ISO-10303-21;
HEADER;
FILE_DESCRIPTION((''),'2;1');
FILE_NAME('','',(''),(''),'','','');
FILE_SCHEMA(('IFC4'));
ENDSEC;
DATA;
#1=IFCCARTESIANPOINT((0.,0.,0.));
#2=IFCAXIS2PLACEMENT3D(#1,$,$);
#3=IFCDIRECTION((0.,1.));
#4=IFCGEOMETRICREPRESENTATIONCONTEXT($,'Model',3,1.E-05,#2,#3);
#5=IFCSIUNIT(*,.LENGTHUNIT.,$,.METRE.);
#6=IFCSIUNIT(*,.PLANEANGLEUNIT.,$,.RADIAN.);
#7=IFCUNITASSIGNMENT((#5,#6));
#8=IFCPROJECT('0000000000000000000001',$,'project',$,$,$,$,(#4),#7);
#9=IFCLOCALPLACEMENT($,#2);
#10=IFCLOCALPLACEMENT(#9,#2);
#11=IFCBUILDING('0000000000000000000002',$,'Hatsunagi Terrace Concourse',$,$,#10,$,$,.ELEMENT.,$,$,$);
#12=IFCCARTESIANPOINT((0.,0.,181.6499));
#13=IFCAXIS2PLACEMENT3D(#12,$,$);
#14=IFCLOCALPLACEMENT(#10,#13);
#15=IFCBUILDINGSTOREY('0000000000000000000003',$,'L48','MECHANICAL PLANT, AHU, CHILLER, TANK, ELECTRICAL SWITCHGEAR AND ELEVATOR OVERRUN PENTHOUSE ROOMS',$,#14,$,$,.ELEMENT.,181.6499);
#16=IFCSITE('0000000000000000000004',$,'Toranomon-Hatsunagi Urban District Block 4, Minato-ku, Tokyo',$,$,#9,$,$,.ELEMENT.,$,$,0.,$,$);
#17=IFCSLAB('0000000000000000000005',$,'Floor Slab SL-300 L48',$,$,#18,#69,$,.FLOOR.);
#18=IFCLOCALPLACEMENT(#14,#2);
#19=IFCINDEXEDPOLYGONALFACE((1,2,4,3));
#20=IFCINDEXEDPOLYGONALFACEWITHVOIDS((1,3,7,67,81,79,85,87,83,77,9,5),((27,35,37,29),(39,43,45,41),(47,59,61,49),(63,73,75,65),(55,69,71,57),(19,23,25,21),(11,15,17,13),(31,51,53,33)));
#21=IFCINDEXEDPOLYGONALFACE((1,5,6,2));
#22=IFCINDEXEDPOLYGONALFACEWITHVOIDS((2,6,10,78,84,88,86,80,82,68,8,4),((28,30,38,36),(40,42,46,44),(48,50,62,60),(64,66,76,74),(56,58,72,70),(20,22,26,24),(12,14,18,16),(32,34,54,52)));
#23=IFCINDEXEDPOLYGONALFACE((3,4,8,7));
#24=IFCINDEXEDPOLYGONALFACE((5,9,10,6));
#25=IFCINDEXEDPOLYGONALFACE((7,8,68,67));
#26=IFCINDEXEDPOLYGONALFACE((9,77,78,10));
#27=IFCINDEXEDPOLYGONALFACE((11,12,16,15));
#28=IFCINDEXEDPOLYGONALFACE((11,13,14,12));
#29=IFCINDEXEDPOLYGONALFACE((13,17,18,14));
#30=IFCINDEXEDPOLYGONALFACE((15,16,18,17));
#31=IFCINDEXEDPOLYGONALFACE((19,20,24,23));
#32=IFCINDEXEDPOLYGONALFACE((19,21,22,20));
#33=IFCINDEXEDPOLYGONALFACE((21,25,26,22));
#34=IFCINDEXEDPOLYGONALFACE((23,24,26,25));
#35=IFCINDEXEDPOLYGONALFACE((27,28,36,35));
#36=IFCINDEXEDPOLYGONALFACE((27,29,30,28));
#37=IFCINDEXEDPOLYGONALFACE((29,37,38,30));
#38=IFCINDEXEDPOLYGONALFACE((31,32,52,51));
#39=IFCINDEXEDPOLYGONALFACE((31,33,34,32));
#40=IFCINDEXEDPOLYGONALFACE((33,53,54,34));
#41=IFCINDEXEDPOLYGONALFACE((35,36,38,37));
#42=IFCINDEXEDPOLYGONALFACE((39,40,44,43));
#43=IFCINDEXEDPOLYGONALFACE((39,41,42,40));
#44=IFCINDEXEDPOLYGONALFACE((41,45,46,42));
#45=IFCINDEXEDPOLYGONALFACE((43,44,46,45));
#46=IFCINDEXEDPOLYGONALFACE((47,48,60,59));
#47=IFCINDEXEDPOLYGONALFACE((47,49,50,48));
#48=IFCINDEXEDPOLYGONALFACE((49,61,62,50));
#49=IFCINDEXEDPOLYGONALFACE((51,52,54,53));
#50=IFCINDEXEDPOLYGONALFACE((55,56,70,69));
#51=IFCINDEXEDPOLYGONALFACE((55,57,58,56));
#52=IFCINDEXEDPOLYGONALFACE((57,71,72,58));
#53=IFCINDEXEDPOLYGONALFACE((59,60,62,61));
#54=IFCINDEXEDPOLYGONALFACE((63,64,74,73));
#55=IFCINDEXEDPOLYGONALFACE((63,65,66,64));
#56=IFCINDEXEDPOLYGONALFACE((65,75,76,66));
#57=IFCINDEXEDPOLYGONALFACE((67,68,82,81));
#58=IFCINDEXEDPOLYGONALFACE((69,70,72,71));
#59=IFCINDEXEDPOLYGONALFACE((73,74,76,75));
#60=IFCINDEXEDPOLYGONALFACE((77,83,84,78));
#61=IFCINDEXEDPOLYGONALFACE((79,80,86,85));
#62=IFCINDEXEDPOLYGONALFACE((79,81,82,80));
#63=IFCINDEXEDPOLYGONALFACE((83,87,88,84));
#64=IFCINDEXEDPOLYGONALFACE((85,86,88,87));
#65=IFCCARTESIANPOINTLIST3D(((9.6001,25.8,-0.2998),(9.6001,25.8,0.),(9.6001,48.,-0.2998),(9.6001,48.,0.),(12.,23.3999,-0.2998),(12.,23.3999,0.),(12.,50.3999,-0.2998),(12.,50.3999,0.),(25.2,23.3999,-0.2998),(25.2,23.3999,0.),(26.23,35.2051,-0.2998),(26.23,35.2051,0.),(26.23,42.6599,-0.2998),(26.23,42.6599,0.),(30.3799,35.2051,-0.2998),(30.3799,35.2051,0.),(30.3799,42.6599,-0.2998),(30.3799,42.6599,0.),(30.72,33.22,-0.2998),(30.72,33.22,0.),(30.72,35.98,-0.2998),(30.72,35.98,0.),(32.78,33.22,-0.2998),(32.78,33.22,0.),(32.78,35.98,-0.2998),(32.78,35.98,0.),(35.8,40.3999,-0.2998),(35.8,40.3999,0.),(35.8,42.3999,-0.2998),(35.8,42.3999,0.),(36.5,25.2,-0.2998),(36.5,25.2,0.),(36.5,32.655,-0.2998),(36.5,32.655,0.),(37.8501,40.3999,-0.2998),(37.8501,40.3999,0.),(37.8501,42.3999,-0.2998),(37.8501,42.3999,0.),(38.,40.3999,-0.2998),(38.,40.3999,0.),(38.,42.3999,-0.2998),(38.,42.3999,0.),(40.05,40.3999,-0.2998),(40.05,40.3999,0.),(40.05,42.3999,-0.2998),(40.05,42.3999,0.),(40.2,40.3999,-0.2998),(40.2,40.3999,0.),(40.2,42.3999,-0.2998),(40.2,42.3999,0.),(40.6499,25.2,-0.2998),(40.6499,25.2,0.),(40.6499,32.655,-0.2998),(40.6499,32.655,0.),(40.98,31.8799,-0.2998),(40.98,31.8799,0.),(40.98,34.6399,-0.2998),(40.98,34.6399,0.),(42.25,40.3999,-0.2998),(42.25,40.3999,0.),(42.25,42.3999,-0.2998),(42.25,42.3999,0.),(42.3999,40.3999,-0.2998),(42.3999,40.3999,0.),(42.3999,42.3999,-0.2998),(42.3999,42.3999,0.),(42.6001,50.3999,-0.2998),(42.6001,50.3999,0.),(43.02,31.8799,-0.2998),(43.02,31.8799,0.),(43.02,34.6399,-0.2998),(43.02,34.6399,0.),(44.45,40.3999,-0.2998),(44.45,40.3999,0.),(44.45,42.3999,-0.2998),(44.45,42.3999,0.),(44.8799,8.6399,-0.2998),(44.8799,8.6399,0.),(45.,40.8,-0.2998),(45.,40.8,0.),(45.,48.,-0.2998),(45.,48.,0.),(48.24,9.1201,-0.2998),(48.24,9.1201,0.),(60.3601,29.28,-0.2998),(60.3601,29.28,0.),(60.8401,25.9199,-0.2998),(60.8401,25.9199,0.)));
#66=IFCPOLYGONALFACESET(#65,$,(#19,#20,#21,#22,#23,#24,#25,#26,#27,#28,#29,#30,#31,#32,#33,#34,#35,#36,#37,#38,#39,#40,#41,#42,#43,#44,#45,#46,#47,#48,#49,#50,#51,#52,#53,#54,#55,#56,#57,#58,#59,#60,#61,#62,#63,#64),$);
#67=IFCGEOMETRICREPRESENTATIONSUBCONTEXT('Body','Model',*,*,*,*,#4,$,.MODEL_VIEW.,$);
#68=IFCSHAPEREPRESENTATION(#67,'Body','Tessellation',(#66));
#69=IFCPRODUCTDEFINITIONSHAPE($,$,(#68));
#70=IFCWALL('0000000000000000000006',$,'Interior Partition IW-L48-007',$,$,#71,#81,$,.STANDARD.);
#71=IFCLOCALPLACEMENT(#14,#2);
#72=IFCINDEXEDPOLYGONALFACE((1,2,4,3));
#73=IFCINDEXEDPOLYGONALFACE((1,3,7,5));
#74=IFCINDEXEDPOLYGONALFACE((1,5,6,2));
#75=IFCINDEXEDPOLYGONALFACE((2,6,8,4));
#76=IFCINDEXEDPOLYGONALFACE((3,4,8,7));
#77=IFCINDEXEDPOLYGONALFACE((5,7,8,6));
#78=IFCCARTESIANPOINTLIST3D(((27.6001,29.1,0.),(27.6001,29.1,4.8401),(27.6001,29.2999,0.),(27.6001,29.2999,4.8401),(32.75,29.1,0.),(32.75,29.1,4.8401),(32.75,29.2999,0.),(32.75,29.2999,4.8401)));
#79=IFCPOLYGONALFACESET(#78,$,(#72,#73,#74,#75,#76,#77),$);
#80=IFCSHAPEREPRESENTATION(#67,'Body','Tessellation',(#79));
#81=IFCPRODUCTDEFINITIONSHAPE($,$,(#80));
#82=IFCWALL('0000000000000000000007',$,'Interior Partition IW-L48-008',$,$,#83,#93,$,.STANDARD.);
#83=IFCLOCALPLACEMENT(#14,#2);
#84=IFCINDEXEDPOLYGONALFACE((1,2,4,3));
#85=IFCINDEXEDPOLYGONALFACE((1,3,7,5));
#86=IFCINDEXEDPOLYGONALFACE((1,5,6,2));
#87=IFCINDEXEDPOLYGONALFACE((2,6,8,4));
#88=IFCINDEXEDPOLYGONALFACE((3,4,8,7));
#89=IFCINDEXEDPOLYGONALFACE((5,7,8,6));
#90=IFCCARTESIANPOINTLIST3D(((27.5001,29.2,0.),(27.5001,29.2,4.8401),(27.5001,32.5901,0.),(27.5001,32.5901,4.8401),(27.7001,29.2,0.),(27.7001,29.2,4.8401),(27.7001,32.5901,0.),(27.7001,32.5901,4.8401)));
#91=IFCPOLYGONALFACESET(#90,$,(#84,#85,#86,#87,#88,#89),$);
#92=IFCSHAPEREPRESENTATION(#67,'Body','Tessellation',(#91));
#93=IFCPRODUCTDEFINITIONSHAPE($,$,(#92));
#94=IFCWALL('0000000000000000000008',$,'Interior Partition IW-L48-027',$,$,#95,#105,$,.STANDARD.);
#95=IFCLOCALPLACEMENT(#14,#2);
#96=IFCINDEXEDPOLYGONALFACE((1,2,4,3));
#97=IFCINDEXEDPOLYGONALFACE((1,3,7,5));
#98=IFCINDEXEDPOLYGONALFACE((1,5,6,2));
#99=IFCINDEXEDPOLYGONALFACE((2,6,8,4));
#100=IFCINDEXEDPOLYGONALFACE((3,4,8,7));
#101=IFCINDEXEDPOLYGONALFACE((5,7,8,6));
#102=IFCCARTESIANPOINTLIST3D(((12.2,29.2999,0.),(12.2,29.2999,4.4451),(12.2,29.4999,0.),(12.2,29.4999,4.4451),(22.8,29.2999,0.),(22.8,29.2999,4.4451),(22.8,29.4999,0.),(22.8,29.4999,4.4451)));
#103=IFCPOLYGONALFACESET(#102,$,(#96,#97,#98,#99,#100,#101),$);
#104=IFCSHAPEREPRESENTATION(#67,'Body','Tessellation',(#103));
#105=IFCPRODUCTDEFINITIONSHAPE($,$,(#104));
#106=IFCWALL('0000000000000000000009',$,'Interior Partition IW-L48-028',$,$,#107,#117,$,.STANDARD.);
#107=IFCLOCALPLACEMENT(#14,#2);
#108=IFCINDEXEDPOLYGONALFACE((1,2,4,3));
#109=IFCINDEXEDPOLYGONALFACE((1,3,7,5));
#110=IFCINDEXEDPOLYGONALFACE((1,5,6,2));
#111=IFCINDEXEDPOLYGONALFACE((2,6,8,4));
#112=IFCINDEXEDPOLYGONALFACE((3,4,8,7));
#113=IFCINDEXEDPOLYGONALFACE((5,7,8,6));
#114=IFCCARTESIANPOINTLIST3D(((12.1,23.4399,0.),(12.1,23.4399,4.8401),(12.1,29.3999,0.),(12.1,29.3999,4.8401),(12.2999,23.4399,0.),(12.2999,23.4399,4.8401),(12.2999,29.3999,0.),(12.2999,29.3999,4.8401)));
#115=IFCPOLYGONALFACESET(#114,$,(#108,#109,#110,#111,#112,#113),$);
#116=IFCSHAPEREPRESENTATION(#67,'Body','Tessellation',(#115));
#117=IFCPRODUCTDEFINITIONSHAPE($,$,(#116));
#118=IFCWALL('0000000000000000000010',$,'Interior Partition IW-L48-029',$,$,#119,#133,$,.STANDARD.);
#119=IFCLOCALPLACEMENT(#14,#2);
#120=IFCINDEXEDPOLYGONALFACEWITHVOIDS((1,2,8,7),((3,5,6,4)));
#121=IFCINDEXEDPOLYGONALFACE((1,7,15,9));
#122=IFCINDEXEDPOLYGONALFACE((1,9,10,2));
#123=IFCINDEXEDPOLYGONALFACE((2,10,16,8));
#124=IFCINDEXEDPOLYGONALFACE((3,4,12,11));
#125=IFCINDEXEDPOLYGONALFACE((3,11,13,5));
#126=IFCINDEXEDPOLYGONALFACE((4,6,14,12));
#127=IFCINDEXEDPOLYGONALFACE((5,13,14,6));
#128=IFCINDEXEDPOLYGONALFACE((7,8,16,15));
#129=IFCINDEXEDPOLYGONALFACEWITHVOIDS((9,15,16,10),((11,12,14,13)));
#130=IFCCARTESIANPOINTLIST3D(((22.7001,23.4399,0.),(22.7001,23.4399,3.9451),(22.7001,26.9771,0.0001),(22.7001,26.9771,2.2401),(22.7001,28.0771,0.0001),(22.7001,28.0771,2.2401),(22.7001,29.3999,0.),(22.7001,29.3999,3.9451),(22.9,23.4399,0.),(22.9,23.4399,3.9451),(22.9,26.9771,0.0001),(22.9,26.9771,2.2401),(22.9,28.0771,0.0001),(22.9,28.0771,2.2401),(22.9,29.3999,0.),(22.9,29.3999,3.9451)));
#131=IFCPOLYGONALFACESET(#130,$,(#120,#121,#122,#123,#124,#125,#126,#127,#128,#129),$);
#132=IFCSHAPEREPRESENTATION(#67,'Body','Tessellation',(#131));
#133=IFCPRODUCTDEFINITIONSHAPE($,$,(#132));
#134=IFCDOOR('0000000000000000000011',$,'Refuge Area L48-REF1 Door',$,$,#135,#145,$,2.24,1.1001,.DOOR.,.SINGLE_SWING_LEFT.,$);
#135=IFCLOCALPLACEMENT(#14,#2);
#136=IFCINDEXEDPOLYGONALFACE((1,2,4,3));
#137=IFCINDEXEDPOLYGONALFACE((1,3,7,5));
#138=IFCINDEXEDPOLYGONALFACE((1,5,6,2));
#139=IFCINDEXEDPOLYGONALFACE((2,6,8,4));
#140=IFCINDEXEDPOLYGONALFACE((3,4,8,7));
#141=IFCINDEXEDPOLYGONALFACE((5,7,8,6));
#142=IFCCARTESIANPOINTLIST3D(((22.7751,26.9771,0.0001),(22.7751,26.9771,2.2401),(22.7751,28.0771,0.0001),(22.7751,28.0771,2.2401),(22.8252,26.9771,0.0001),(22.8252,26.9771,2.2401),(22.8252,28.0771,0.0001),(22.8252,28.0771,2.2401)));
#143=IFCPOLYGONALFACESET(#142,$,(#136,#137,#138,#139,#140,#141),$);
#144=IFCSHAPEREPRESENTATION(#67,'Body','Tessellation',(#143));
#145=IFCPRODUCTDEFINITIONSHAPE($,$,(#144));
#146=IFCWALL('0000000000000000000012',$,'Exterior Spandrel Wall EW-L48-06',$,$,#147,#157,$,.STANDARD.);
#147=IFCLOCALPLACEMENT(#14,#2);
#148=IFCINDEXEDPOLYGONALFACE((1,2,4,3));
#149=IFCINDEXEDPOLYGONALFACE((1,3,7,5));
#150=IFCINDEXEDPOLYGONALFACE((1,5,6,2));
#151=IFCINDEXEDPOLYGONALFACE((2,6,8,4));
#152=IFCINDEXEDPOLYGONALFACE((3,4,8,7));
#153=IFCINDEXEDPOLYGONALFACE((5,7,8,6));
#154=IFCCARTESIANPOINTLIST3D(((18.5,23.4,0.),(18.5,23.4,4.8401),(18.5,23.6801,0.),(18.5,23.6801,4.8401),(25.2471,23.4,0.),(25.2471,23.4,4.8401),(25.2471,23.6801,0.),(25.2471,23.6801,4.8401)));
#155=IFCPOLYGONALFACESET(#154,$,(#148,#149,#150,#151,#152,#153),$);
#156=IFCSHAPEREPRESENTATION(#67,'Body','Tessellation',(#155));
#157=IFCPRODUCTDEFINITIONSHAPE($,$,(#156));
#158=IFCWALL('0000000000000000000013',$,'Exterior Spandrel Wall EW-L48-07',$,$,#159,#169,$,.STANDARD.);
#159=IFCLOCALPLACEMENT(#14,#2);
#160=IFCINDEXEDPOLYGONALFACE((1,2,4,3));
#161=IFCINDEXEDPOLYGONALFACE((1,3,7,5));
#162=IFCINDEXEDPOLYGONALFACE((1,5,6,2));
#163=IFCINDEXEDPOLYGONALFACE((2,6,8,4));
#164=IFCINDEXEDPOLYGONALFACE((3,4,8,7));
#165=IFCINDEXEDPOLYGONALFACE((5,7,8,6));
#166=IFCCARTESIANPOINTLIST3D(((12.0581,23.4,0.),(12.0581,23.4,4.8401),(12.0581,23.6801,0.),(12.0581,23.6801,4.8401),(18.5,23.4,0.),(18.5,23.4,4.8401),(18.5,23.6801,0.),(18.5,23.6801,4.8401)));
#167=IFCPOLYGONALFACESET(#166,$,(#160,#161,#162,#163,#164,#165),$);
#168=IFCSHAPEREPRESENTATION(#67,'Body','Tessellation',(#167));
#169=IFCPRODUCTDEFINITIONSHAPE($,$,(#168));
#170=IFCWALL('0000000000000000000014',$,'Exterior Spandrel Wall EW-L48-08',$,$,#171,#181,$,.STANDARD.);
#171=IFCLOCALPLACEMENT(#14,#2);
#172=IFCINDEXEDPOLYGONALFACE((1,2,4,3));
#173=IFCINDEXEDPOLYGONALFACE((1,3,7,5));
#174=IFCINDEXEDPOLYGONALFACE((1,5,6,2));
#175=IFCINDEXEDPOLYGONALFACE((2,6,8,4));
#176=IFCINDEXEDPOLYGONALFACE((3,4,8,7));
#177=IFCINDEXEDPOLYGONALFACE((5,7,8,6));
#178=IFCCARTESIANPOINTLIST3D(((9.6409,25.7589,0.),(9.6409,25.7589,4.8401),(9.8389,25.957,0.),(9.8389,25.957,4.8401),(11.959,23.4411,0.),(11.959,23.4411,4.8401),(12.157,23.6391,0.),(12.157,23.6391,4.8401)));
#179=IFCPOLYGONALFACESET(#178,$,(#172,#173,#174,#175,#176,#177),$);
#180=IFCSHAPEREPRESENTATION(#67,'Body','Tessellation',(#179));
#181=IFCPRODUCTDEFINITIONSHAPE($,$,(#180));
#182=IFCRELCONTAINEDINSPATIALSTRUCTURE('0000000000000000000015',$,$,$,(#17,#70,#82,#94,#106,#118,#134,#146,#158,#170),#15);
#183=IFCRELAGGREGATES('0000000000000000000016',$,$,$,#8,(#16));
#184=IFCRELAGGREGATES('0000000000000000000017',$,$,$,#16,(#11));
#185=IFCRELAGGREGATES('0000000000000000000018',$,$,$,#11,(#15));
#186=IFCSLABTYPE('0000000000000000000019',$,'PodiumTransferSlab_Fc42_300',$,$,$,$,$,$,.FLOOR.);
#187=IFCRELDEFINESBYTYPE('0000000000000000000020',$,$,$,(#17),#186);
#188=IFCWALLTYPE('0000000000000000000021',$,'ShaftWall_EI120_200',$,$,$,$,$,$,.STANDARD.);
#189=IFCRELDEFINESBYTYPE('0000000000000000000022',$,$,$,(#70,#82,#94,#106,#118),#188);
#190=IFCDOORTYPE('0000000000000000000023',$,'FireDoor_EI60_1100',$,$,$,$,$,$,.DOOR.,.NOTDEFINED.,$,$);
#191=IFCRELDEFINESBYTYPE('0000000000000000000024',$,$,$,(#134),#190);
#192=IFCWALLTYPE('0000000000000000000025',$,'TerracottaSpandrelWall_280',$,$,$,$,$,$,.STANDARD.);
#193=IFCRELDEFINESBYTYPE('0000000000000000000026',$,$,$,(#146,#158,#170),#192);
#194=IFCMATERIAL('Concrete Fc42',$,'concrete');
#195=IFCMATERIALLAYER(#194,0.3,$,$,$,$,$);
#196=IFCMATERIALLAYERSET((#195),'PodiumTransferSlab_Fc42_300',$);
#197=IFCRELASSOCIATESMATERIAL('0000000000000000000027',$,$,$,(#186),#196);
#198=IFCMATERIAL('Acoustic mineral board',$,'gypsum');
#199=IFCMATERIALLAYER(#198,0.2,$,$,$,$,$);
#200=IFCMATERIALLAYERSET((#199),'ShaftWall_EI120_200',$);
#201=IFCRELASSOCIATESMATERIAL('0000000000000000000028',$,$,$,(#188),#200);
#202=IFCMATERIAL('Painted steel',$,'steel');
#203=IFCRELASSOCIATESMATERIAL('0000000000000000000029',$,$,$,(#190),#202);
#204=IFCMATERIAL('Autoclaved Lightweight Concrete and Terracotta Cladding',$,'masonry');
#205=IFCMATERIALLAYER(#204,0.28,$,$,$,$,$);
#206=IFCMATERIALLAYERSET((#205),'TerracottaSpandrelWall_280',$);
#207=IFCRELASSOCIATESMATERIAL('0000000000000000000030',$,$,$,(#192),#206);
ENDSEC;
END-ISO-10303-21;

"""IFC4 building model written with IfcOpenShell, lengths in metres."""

from ifc_helpers import new_model, si_unit, direction, frame, frame_2d, origin, place, context, subcontext, project, spatial, polyline, rectangle, outline, extrude, material, layer, layer_set, type_object, element, fill, save


model = new_model("IFC4")

# Units and contexts
model_context = context("Model", 3, precision=1e-05, world=origin(), true_north=direction((0.0, 1.0)))
body_context = subcontext(model_context, "Body", "Model", "MODEL_VIEW")
ifc_project = project(units=[si_unit("LENGTHUNIT", "METRE"), si_unit("PLANEANGLEUNIT", "RADIAN")], contexts=[model_context])

# Site, building, storey
site_placement = place(None, origin())
site = spatial("IfcSite", under=ifc_project, at=site_placement, Name="Toranomon-Hatsunagi Urban District Block 4, Minato-ku, Tokyo", CompositionType="ELEMENT", RefElevation=0.0)
building_placement = place(site_placement, origin())
building = spatial("IfcBuilding", under=site, at=building_placement, Name="Hatsunagi Terrace Concourse", CompositionType="ELEMENT")
storey_placement = place(building_placement, frame((0.0, 0.0, 181.6499)))
storey = spatial("IfcBuildingStorey", under=building, at=storey_placement, Name="L48", Description="MECHANICAL PLANT, AHU, CHILLER, TANK, ELECTRICAL SWITCHGEAR AND ELEVATOR OVERRUN PENTHOUSE ROOMS", CompositionType="ELEMENT", Elevation=181.6499)

# Slab
ifc_material_1 = material(Name="Concrete Fc42", Category="concrete")
ifc_layer_1 = layer(ifc_material_1, 0.3)
ifc_layer_set_1 = layer_set([ifc_layer_1], Name="PodiumTransferSlab_Fc42_300")
slab_type_1 = type_object("IfcSlabType", Name="PodiumTransferSlab_Fc42_300", PredefinedType="FLOOR", material=ifc_layer_set_1)
slab_1_placement = place(storey_placement, frame((0.0, 0.0, -0.2998)))
element("IfcSlab", 1, at=slab_1_placement, inside=storey, type_object=slab_type_1, Name="Floor Slab SL-300 L48", PredefinedType="FLOOR", context=body_context, shape_type="SweptSolid", body=[
    extrude(outline(polyline([(45.0, 40.8), (45.0, 48.0), (42.6001, 50.3999), (12.0, 50.3999), (9.6001, 48.0), (9.6001, 25.8), (12.0, 23.3999), (25.2, 23.3999), (44.8799, 8.6399), (48.24, 9.1201), (60.8401, 25.9199), (60.3601, 29.28), (45.0, 40.8)]), holes=[polyline([(26.23, 35.2051), (30.3799, 35.2051), (30.3799, 42.6599), (26.23, 42.6599), (26.23, 35.2051)]), polyline([(36.5, 25.2), (40.6499, 25.2), (40.6499, 32.655), (36.5, 32.655), (36.5, 25.2)]), polyline([(30.72, 33.22), (32.78, 33.22), (32.78, 35.98), (30.72, 35.98), (30.72, 33.22)]), polyline([(40.98, 31.8799), (43.02, 31.8799), (43.02, 34.6399), (40.98, 34.6399), (40.98, 31.8799)]), polyline([(35.8, 40.3999), (37.8501, 40.3999), (37.8501, 42.3999), (35.8, 42.3999), (35.8, 40.3999)]), polyline([(38.0, 40.3999), (40.05, 40.3999), (40.05, 42.3999), (38.0, 42.3999), (38.0, 40.3999)]), polyline([(40.2, 40.3999), (42.25, 40.3999), (42.25, 42.3999), (40.2, 42.3999), (40.2, 40.3999)]), polyline([(42.3999, 40.3999), (44.45, 40.3999), (44.45, 42.3999), (42.3999, 42.3999), (42.3999, 40.3999)])]), origin(), (0.0, 0.0, 1.0), 0.2998),
])

# Walls
ifc_material_2 = material(Name="Acoustic mineral board", Category="gypsum")
ifc_layer_2 = layer(ifc_material_2, 0.2)
ifc_layer_set_2 = layer_set([ifc_layer_2], Name="ShaftWall_EI120_200")
wall_type_1 = type_object("IfcWallType", Name="ShaftWall_EI120_200", PredefinedType="STANDARD", material=ifc_layer_set_2)
wall_1_placement = place(storey_placement, frame((27.6001, 29.2, 0.0), z_axis=(0.0, 0.0, 1.0), x_axis=(1.0, 0.0, 0.0)))
element("IfcWall", 2, at=wall_1_placement, inside=storey, type_object=wall_type_1, Name="Interior Partition IW-L48-007", PredefinedType="STANDARD", context=body_context, shape_type="SweptSolid", body=[
    extrude(rectangle(XDim=5.1499, YDim=0.2, at=frame_2d((2.575, 0.0))), origin(), (0.0, 0.0, 1.0), 4.8401),
])
wall_2_placement = place(storey_placement, frame((27.6001, 29.2, 0.0), z_axis=(0.0, 0.0, 1.0), x_axis=(0.0, 1.0, 0.0)))
element("IfcWall", 3, at=wall_2_placement, inside=storey, type_object=wall_type_1, Name="Interior Partition IW-L48-008", PredefinedType="STANDARD", context=body_context, shape_type="SweptSolid", body=[
    extrude(rectangle(XDim=3.3901, YDim=0.2, at=frame_2d((1.6951, 0.0))), origin(), (0.0, 0.0, 1.0), 4.8401),
])
wall_3_placement = place(storey_placement, frame((12.2, 29.3999, 0.0), z_axis=(0.0, 0.0, 1.0), x_axis=(1.0, 0.0, 0.0)))
element("IfcWall", 4, at=wall_3_placement, inside=storey, type_object=wall_type_1, Name="Interior Partition IW-L48-027", PredefinedType="STANDARD", context=body_context, shape_type="SweptSolid", body=[
    extrude(rectangle(XDim=10.6001, YDim=0.2, at=frame_2d((5.3, 0.0))), origin(), (0.0, 0.0, 1.0), 4.4451),
])
wall_4_placement = place(storey_placement, frame((12.2, 23.4399, 0.0), z_axis=(0.0, 0.0, 1.0), x_axis=(0.0, 1.0, 0.0)))
element("IfcWall", 5, at=wall_4_placement, inside=storey, type_object=wall_type_1, Name="Interior Partition IW-L48-028", PredefinedType="STANDARD", context=body_context, shape_type="SweptSolid", body=[
    extrude(rectangle(XDim=5.96, YDim=0.2, at=frame_2d((2.98, 0.0))), origin(), (0.0, 0.0, 1.0), 4.8401),
])

# Wall, opening, door
wall_5_placement = place(storey_placement, frame((22.8, 23.4399, 0.0), z_axis=(0.0, 0.0, 1.0), x_axis=(0.0, 1.0, 0.0)))
wall_5 = element("IfcWall", 6, at=wall_5_placement, inside=storey, type_object=wall_type_1, Name="Interior Partition IW-L48-029", PredefinedType="STANDARD", context=body_context, shape_type="SweptSolid", body=[
    extrude(rectangle(XDim=5.96, YDim=0.2, at=frame_2d((2.98, 0.0))), origin(), (0.0, 0.0, 1.0), 3.9451),
])
opening_placement = place(wall_5_placement, frame((3.5371, 0.0, 0.0)))
opening = element("IfcOpeningElement", 7, at=opening_placement, cuts=wall_5, PredefinedType="OPENING", context=body_context, shape_type="SweptSolid", body=[
    extrude(rectangle(XDim=1.1001, YDim=2.24, at=frame_2d((0.55, 1.1201))), frame((0.0, 0.1099, 0.0), z_axis=(0.0, -1.0, 0.0), x_axis=(1.0, 0.0, 0.0)), (0.0, 0.0, 1.0), 0.22),
])
ifc_material_3 = material(Name="Painted steel", Category="steel")
door_type = type_object("IfcDoorType", Name="FireDoor_EI60_1100", OperationType="NOTDEFINED", PredefinedType="DOOR", material=ifc_material_3)
door_placement = place(opening_placement, origin())
door = element("IfcDoor", 8, at=door_placement, inside=storey, type_object=door_type, Name="Refuge Area L48-REF1 Door", OperationType="SINGLE_SWING_LEFT", OverallHeight=2.24, OverallWidth=1.1001, PredefinedType="DOOR", context=body_context, shape_type="SweptSolid", body=[
    extrude(rectangle(XDim=1.1001, YDim=2.24, at=frame_2d((0.55, 1.1201))), frame((0.0, 0.0249, 0.0), z_axis=(0.0, -1.0, 0.0), x_axis=(1.0, 0.0, 0.0)), (0.0, 0.0, 1.0), 0.05),
])
fill(opening, door)

# Walls
ifc_material_4 = material(Name="Autoclaved Lightweight Concrete and Terracotta Cladding", Category="masonry")
ifc_layer_3 = layer(ifc_material_4, 0.28)
ifc_layer_set_3 = layer_set([ifc_layer_3], Name="TerracottaSpandrelWall_280")
wall_type_2 = type_object("IfcWallType", Name="TerracottaSpandrelWall_280", PredefinedType="STANDARD", material=ifc_layer_set_3)
wall_6_placement = place(storey_placement, frame((25.2471, 23.54, 0.0), z_axis=(0.0, 0.0, 1.0), x_axis=(-1.0, 0.0, 0.0)))
element("IfcWall", 9, at=wall_6_placement, inside=storey, type_object=wall_type_2, Name="Exterior Spandrel Wall EW-L48-06", PredefinedType="STANDARD", context=body_context, shape_type="SweptSolid", body=[
    extrude(rectangle(XDim=6.7471, YDim=0.28, at=frame_2d((3.3735, 0.0))), origin(), (0.0, 0.0, 1.0), 4.8401),
])
wall_7_placement = place(storey_placement, frame((18.5, 23.54, 0.0), z_axis=(0.0, 0.0, 1.0), x_axis=(-1.0, 0.0, 0.0)))
element("IfcWall", 10, at=wall_7_placement, inside=storey, type_object=wall_type_2, Name="Exterior Spandrel Wall EW-L48-07", PredefinedType="STANDARD", context=body_context, shape_type="SweptSolid", body=[
    extrude(rectangle(XDim=6.4419, YDim=0.28, at=frame_2d((3.2209, 0.0))), origin(), (0.0, 0.0, 1.0), 4.8401),
])
wall_8_placement = place(storey_placement, frame((12.0581, 23.54, 0.0), z_axis=(0.0, 0.0, 1.0), x_axis=(-0.707144, 0.70707, 0.0)))
element("IfcWall", 11, at=wall_8_placement, inside=storey, type_object=wall_type_2, Name="Exterior Spandrel Wall EW-L48-08", PredefinedType="STANDARD", context=body_context, shape_type="SweptSolid", body=[
    extrude(rectangle(XDim=3.2781, YDim=0.28, at=frame_2d((1.6392, 0.0))), origin(), (0.0, 0.0, 1.0), 4.8401),
])

save(model, "model.ifc")
